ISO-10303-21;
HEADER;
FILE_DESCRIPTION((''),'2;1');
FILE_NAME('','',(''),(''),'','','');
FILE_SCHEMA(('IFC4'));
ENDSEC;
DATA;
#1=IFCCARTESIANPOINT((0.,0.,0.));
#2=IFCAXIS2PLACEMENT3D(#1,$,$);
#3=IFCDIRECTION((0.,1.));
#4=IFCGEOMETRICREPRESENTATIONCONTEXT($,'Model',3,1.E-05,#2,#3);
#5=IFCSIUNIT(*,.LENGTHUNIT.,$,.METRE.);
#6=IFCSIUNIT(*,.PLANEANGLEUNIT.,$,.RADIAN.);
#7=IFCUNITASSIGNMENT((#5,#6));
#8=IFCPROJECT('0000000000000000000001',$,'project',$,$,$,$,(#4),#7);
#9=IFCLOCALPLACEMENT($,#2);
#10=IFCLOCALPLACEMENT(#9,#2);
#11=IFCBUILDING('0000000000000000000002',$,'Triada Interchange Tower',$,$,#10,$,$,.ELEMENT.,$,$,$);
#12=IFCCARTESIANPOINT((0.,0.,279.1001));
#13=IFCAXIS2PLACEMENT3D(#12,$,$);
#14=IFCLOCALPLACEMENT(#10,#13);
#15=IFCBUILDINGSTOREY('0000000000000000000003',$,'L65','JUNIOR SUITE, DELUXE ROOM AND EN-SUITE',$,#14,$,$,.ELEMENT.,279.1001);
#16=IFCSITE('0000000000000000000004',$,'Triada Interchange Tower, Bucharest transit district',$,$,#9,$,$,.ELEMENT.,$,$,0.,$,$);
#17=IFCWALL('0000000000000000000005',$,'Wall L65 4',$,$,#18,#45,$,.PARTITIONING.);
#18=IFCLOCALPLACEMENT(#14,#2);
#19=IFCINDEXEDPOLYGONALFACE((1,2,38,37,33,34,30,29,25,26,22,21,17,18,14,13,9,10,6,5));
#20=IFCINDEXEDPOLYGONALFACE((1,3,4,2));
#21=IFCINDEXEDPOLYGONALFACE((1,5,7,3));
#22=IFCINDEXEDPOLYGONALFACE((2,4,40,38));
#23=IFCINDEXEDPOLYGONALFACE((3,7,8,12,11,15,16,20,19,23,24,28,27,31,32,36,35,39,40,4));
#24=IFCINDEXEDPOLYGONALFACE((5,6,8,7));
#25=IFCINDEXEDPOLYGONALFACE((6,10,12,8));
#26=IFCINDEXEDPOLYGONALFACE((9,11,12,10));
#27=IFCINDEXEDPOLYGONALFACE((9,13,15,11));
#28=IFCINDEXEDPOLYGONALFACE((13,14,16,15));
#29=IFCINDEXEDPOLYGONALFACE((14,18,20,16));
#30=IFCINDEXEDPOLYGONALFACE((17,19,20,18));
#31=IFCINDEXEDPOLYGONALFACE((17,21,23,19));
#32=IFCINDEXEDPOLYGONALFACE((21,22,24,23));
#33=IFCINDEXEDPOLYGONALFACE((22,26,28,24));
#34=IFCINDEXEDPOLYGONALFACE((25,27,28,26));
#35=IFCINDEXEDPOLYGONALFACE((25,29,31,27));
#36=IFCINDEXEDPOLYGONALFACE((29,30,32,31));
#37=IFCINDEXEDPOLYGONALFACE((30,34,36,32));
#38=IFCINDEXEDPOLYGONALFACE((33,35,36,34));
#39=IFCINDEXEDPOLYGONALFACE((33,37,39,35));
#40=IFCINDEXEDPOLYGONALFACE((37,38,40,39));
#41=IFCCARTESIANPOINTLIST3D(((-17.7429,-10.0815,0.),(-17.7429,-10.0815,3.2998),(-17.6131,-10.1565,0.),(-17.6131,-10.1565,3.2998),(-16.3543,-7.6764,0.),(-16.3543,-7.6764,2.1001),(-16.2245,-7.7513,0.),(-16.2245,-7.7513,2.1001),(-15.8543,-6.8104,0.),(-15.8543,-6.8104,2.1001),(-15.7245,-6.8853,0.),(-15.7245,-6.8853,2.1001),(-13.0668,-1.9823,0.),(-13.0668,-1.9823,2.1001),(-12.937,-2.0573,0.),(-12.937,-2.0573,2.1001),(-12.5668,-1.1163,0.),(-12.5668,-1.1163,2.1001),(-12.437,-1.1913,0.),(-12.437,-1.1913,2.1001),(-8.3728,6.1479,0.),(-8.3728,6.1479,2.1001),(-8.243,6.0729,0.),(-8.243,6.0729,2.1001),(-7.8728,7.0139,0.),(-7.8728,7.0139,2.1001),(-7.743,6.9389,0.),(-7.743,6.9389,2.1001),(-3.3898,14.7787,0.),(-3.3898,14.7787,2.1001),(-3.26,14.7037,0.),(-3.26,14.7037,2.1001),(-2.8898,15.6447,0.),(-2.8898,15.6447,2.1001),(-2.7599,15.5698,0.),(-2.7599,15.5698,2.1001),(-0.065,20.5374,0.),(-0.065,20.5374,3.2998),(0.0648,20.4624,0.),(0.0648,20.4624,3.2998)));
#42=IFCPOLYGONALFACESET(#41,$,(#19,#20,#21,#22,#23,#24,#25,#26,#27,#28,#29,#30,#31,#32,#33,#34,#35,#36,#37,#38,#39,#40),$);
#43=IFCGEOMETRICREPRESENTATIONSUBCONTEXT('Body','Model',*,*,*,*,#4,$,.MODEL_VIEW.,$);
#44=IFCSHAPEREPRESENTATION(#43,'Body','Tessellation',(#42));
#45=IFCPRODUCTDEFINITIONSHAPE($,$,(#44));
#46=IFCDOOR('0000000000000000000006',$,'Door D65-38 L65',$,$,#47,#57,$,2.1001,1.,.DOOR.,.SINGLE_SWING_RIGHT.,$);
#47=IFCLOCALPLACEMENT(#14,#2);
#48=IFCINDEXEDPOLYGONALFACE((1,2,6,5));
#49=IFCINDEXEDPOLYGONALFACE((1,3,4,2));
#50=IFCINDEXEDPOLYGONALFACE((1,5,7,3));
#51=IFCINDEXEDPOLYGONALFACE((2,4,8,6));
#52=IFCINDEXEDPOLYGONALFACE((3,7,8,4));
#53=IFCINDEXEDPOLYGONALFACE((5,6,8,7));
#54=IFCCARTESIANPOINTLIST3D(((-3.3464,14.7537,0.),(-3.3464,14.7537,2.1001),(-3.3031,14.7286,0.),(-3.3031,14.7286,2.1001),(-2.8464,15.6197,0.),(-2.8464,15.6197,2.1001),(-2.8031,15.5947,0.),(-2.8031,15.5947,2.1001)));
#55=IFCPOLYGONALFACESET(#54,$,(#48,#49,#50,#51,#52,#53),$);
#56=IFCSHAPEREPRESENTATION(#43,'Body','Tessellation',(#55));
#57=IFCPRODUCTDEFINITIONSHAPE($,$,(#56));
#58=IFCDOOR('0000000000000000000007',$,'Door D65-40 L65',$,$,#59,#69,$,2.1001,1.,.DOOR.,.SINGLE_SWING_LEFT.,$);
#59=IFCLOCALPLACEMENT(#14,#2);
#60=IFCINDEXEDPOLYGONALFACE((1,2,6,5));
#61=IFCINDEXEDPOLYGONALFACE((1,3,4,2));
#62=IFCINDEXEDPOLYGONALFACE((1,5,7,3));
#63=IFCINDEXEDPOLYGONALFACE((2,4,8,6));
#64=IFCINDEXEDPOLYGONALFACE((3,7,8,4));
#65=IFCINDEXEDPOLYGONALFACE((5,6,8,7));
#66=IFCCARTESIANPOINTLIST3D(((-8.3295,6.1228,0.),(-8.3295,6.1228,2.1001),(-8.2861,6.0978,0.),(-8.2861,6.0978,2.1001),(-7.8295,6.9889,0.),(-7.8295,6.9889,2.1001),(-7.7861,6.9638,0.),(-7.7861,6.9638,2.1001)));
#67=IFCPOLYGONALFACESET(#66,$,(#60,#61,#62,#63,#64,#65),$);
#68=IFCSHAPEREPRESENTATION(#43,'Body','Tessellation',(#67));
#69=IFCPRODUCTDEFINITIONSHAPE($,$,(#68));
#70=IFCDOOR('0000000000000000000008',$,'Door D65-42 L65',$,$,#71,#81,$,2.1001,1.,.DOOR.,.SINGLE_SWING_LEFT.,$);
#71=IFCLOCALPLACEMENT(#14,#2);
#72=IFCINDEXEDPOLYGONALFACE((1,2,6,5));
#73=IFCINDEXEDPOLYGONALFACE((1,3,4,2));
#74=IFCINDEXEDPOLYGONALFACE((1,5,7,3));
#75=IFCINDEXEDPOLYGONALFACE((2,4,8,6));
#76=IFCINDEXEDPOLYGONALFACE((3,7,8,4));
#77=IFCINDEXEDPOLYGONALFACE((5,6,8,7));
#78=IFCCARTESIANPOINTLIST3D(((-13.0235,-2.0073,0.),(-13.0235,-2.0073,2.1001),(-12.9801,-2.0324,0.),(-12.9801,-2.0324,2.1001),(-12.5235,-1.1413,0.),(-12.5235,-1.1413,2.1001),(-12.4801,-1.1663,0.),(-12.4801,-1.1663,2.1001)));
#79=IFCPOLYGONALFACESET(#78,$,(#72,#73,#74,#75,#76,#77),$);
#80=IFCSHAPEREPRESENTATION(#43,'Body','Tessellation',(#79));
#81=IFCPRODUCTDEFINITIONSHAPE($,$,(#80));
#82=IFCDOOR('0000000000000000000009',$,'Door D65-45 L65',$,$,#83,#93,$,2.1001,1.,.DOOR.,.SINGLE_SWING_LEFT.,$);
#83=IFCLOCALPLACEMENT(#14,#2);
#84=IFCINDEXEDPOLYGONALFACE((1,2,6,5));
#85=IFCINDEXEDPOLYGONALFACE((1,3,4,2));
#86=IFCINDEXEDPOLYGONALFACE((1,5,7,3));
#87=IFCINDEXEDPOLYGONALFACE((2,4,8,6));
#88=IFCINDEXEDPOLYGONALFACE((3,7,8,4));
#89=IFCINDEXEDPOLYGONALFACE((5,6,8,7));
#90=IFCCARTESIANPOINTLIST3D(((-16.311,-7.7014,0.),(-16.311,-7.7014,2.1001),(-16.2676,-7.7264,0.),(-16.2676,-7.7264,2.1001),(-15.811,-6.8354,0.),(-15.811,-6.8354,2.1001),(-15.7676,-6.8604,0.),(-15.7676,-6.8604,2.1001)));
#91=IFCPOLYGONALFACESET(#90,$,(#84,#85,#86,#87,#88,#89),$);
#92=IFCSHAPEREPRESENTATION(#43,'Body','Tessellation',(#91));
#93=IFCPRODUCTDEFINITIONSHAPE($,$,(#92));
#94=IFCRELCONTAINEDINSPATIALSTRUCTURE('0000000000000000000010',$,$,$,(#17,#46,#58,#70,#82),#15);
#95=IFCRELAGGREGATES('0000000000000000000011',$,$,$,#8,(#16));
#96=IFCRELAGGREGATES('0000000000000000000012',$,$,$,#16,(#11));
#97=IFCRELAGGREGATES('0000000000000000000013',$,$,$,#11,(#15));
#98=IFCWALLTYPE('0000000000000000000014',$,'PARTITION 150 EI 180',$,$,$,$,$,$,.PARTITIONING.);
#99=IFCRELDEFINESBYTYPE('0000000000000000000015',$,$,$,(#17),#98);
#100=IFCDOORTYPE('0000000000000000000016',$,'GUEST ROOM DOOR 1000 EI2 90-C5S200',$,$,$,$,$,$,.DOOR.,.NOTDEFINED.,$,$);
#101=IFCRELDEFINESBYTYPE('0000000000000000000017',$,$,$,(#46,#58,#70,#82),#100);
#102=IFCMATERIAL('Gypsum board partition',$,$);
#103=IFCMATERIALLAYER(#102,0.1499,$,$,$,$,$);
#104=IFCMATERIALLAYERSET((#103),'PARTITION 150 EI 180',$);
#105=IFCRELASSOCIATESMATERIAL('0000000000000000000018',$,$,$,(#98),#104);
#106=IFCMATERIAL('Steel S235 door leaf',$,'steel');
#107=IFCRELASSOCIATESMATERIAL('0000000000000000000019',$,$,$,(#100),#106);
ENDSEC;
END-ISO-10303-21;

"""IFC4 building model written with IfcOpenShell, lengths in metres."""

from ifc_helpers import new_model, si_unit, direction, frame, frame_2d, origin, place, context, subcontext, project, spatial, rectangle, extrude, material, layer, layer_set, type_object, element, fill, save


model = new_model("IFC4")

# Units and contexts
model_context = context("Model", 3, precision=1e-05, world=origin(), true_north=direction((0.0, 1.0)))
body_context = subcontext(model_context, "Body", "Model", "MODEL_VIEW")
ifc_project = project(units=[si_unit("LENGTHUNIT", "METRE"), si_unit("PLANEANGLEUNIT", "RADIAN")], contexts=[model_context])

# Site, building, storey
site_placement = place(None, origin())
site = spatial("IfcSite", under=ifc_project, at=site_placement, Name="Triada Interchange Tower, Bucharest transit district", CompositionType="ELEMENT", RefElevation=0.0)
building_placement = place(site_placement, origin())
building = spatial("IfcBuilding", under=site, at=building_placement, Name="Triada Interchange Tower", CompositionType="ELEMENT")
storey_placement = place(building_placement, frame((0.0, 0.0, 279.1001)))
storey = spatial("IfcBuildingStorey", under=building, at=storey_placement, Name="L65", Description="JUNIOR SUITE, DELUXE ROOM AND EN-SUITE", CompositionType="ELEMENT", Elevation=279.1001)

# Wall, openings, doors
ifc_material_1 = material(Name="Gypsum board partition")
ifc_layer = layer(ifc_material_1, 0.1499)
ifc_layer_set = layer_set([ifc_layer], Name="PARTITION 150 EI 180")
wall_type = type_object("IfcWallType", Name="PARTITION 150 EI 180", PredefinedType="PARTITIONING", material=ifc_layer_set)
wall_1_placement = place(storey_placement, frame((-17.678, -10.1189, 0.0), z_axis=(0.0, 0.0, 1.0), x_axis=(0.500003, 0.866024, 0.0)))
wall_1 = element("IfcWall", 1, at=wall_1_placement, inside=storey, type_object=wall_type, Name="Wall L65 4", PredefinedType="PARTITIONING", context=body_context, shape_type="SweptSolid", body=[
    extrude(rectangle(XDim=35.3557, YDim=0.1499, at=frame_2d((17.6777, 0.0))), origin(), (0.0, 0.0, 1.0), 3.2998),
])
opening_1_placement = place(wall_1_placement, frame((28.7061, 0.0, 0.0)))
opening_1 = element("IfcOpeningElement", 2, at=opening_1_placement, cuts=wall_1, PredefinedType="OPENING", context=body_context, shape_type="SweptSolid", body=[
    extrude(rectangle(XDim=1.0, YDim=2.1001, at=frame_2d((0.5, 1.05))), frame((0.0, 0.085, 0.0), z_axis=(0.0, -1.0, 0.0), x_axis=(1.0, 0.0, 0.0)), (0.0, 0.0, 1.0), 0.1699),
])
opening_2_placement = place(wall_1_placement, frame((18.74, 0.0, 0.0)))
opening_2 = element("IfcOpeningElement", 3, at=opening_2_placement, cuts=wall_1, PredefinedType="OPENING", context=body_context, shape_type="SweptSolid", body=[
    extrude(rectangle(XDim=1.0, YDim=2.1001, at=frame_2d((0.5, 1.05))), frame((0.0, 0.085, 0.0), z_axis=(0.0, -1.0, 0.0), x_axis=(1.0, 0.0, 0.0)), (0.0, 0.0, 1.0), 0.1699),
])
opening_3_placement = place(wall_1_placement, frame((9.3521, 0.0, 0.0)))
opening_3 = element("IfcOpeningElement", 4, at=opening_3_placement, cuts=wall_1, PredefinedType="OPENING", context=body_context, shape_type="SweptSolid", body=[
    extrude(rectangle(XDim=1.0, YDim=2.1001, at=frame_2d((0.5, 1.05))), frame((0.0, 0.085, 0.0), z_axis=(0.0, -1.0, 0.0), x_axis=(1.0, 0.0, 0.0)), (0.0, 0.0, 1.0), 0.1699),
])
opening_4_placement = place(wall_1_placement, frame((2.7771, 0.0, 0.0)))
opening_4 = element("IfcOpeningElement", 5, at=opening_4_placement, cuts=wall_1, PredefinedType="OPENING", context=body_context, shape_type="SweptSolid", body=[
    extrude(rectangle(XDim=1.0, YDim=2.1001, at=frame_2d((0.5, 1.05))), frame((0.0, 0.085, 0.0), z_axis=(0.0, -1.0, 0.0), x_axis=(1.0, 0.0, 0.0)), (0.0, 0.0, 1.0), 0.1699),
])
ifc_material_2 = material(Name="Steel S235 door leaf", Category="steel")
door_type_1 = type_object("IfcDoorType", Name="GUEST ROOM DOOR 1000 EI2 90-C5S200", OperationType="NOTDEFINED", PredefinedType="DOOR", material=ifc_material_2)
door_1_placement = place(opening_1_placement, origin())
door_1 = element("IfcDoor", 6, at=door_1_placement, inside=storey, type_object=door_type_1, Name="Door D65-38 L65", OperationType="SINGLE_SWING_RIGHT", OverallHeight=2.1001, OverallWidth=1.0, PredefinedType="DOOR", context=body_context, shape_type="SweptSolid", body=[
    extrude(rectangle(XDim=1.0, YDim=2.1001, at=frame_2d((0.5, 1.05))), frame((0.0, 0.0249, 0.0), z_axis=(0.0, -1.0, 0.0), x_axis=(1.0, 0.0, 0.0)), (0.0, 0.0, 1.0), 0.05),
])
fill(opening_1, door_1)
door_2_placement = place(opening_2_placement, origin())
door_2 = element("IfcDoor", 7, at=door_2_placement, inside=storey, type_object=door_type_1, Name="Door D65-40 L65", OperationType="SINGLE_SWING_LEFT", OverallHeight=2.1001, OverallWidth=1.0, PredefinedType="DOOR", context=body_context, shape_type="SweptSolid", body=[
    extrude(rectangle(XDim=1.0, YDim=2.1001, at=frame_2d((0.5, 1.05))), frame((0.0, 0.0249, 0.0), z_axis=(0.0, -1.0, 0.0), x_axis=(1.0, 0.0, 0.0)), (0.0, 0.0, 1.0), 0.05),
])
fill(opening_2, door_2)
door_3_placement = place(opening_3_placement, origin())
door_3 = element("IfcDoor", 8, at=door_3_placement, inside=storey, type_object=door_type_1, Name="Door D65-42 L65", OperationType="SINGLE_SWING_LEFT", OverallHeight=2.1001, OverallWidth=1.0, PredefinedType="DOOR", context=body_context, shape_type="SweptSolid", body=[
    extrude(rectangle(XDim=1.0, YDim=2.1001, at=frame_2d((0.5, 1.05))), frame((0.0, 0.0249, 0.0), z_axis=(0.0, -1.0, 0.0), x_axis=(1.0, 0.0, 0.0)), (0.0, 0.0, 1.0), 0.05),
])
fill(opening_3, door_3)
door_4_placement = place(opening_4_placement, origin())
door_4 = element("IfcDoor", 9, at=door_4_placement, inside=storey, type_object=door_type_1, Name="Door D65-45 L65", OperationType="SINGLE_SWING_LEFT", OverallHeight=2.1001, OverallWidth=1.0, PredefinedType="DOOR", context=body_context, shape_type="SweptSolid", body=[
    extrude(rectangle(XDim=1.0, YDim=2.1001, at=frame_2d((0.5, 1.05))), frame((0.0, 0.0249, 0.0), z_axis=(0.0, -1.0, 0.0), x_axis=(1.0, 0.0, 0.0)), (0.0, 0.0, 1.0), 0.05),
])
fill(opening_4, door_4)

save(model, "model.ifc")
